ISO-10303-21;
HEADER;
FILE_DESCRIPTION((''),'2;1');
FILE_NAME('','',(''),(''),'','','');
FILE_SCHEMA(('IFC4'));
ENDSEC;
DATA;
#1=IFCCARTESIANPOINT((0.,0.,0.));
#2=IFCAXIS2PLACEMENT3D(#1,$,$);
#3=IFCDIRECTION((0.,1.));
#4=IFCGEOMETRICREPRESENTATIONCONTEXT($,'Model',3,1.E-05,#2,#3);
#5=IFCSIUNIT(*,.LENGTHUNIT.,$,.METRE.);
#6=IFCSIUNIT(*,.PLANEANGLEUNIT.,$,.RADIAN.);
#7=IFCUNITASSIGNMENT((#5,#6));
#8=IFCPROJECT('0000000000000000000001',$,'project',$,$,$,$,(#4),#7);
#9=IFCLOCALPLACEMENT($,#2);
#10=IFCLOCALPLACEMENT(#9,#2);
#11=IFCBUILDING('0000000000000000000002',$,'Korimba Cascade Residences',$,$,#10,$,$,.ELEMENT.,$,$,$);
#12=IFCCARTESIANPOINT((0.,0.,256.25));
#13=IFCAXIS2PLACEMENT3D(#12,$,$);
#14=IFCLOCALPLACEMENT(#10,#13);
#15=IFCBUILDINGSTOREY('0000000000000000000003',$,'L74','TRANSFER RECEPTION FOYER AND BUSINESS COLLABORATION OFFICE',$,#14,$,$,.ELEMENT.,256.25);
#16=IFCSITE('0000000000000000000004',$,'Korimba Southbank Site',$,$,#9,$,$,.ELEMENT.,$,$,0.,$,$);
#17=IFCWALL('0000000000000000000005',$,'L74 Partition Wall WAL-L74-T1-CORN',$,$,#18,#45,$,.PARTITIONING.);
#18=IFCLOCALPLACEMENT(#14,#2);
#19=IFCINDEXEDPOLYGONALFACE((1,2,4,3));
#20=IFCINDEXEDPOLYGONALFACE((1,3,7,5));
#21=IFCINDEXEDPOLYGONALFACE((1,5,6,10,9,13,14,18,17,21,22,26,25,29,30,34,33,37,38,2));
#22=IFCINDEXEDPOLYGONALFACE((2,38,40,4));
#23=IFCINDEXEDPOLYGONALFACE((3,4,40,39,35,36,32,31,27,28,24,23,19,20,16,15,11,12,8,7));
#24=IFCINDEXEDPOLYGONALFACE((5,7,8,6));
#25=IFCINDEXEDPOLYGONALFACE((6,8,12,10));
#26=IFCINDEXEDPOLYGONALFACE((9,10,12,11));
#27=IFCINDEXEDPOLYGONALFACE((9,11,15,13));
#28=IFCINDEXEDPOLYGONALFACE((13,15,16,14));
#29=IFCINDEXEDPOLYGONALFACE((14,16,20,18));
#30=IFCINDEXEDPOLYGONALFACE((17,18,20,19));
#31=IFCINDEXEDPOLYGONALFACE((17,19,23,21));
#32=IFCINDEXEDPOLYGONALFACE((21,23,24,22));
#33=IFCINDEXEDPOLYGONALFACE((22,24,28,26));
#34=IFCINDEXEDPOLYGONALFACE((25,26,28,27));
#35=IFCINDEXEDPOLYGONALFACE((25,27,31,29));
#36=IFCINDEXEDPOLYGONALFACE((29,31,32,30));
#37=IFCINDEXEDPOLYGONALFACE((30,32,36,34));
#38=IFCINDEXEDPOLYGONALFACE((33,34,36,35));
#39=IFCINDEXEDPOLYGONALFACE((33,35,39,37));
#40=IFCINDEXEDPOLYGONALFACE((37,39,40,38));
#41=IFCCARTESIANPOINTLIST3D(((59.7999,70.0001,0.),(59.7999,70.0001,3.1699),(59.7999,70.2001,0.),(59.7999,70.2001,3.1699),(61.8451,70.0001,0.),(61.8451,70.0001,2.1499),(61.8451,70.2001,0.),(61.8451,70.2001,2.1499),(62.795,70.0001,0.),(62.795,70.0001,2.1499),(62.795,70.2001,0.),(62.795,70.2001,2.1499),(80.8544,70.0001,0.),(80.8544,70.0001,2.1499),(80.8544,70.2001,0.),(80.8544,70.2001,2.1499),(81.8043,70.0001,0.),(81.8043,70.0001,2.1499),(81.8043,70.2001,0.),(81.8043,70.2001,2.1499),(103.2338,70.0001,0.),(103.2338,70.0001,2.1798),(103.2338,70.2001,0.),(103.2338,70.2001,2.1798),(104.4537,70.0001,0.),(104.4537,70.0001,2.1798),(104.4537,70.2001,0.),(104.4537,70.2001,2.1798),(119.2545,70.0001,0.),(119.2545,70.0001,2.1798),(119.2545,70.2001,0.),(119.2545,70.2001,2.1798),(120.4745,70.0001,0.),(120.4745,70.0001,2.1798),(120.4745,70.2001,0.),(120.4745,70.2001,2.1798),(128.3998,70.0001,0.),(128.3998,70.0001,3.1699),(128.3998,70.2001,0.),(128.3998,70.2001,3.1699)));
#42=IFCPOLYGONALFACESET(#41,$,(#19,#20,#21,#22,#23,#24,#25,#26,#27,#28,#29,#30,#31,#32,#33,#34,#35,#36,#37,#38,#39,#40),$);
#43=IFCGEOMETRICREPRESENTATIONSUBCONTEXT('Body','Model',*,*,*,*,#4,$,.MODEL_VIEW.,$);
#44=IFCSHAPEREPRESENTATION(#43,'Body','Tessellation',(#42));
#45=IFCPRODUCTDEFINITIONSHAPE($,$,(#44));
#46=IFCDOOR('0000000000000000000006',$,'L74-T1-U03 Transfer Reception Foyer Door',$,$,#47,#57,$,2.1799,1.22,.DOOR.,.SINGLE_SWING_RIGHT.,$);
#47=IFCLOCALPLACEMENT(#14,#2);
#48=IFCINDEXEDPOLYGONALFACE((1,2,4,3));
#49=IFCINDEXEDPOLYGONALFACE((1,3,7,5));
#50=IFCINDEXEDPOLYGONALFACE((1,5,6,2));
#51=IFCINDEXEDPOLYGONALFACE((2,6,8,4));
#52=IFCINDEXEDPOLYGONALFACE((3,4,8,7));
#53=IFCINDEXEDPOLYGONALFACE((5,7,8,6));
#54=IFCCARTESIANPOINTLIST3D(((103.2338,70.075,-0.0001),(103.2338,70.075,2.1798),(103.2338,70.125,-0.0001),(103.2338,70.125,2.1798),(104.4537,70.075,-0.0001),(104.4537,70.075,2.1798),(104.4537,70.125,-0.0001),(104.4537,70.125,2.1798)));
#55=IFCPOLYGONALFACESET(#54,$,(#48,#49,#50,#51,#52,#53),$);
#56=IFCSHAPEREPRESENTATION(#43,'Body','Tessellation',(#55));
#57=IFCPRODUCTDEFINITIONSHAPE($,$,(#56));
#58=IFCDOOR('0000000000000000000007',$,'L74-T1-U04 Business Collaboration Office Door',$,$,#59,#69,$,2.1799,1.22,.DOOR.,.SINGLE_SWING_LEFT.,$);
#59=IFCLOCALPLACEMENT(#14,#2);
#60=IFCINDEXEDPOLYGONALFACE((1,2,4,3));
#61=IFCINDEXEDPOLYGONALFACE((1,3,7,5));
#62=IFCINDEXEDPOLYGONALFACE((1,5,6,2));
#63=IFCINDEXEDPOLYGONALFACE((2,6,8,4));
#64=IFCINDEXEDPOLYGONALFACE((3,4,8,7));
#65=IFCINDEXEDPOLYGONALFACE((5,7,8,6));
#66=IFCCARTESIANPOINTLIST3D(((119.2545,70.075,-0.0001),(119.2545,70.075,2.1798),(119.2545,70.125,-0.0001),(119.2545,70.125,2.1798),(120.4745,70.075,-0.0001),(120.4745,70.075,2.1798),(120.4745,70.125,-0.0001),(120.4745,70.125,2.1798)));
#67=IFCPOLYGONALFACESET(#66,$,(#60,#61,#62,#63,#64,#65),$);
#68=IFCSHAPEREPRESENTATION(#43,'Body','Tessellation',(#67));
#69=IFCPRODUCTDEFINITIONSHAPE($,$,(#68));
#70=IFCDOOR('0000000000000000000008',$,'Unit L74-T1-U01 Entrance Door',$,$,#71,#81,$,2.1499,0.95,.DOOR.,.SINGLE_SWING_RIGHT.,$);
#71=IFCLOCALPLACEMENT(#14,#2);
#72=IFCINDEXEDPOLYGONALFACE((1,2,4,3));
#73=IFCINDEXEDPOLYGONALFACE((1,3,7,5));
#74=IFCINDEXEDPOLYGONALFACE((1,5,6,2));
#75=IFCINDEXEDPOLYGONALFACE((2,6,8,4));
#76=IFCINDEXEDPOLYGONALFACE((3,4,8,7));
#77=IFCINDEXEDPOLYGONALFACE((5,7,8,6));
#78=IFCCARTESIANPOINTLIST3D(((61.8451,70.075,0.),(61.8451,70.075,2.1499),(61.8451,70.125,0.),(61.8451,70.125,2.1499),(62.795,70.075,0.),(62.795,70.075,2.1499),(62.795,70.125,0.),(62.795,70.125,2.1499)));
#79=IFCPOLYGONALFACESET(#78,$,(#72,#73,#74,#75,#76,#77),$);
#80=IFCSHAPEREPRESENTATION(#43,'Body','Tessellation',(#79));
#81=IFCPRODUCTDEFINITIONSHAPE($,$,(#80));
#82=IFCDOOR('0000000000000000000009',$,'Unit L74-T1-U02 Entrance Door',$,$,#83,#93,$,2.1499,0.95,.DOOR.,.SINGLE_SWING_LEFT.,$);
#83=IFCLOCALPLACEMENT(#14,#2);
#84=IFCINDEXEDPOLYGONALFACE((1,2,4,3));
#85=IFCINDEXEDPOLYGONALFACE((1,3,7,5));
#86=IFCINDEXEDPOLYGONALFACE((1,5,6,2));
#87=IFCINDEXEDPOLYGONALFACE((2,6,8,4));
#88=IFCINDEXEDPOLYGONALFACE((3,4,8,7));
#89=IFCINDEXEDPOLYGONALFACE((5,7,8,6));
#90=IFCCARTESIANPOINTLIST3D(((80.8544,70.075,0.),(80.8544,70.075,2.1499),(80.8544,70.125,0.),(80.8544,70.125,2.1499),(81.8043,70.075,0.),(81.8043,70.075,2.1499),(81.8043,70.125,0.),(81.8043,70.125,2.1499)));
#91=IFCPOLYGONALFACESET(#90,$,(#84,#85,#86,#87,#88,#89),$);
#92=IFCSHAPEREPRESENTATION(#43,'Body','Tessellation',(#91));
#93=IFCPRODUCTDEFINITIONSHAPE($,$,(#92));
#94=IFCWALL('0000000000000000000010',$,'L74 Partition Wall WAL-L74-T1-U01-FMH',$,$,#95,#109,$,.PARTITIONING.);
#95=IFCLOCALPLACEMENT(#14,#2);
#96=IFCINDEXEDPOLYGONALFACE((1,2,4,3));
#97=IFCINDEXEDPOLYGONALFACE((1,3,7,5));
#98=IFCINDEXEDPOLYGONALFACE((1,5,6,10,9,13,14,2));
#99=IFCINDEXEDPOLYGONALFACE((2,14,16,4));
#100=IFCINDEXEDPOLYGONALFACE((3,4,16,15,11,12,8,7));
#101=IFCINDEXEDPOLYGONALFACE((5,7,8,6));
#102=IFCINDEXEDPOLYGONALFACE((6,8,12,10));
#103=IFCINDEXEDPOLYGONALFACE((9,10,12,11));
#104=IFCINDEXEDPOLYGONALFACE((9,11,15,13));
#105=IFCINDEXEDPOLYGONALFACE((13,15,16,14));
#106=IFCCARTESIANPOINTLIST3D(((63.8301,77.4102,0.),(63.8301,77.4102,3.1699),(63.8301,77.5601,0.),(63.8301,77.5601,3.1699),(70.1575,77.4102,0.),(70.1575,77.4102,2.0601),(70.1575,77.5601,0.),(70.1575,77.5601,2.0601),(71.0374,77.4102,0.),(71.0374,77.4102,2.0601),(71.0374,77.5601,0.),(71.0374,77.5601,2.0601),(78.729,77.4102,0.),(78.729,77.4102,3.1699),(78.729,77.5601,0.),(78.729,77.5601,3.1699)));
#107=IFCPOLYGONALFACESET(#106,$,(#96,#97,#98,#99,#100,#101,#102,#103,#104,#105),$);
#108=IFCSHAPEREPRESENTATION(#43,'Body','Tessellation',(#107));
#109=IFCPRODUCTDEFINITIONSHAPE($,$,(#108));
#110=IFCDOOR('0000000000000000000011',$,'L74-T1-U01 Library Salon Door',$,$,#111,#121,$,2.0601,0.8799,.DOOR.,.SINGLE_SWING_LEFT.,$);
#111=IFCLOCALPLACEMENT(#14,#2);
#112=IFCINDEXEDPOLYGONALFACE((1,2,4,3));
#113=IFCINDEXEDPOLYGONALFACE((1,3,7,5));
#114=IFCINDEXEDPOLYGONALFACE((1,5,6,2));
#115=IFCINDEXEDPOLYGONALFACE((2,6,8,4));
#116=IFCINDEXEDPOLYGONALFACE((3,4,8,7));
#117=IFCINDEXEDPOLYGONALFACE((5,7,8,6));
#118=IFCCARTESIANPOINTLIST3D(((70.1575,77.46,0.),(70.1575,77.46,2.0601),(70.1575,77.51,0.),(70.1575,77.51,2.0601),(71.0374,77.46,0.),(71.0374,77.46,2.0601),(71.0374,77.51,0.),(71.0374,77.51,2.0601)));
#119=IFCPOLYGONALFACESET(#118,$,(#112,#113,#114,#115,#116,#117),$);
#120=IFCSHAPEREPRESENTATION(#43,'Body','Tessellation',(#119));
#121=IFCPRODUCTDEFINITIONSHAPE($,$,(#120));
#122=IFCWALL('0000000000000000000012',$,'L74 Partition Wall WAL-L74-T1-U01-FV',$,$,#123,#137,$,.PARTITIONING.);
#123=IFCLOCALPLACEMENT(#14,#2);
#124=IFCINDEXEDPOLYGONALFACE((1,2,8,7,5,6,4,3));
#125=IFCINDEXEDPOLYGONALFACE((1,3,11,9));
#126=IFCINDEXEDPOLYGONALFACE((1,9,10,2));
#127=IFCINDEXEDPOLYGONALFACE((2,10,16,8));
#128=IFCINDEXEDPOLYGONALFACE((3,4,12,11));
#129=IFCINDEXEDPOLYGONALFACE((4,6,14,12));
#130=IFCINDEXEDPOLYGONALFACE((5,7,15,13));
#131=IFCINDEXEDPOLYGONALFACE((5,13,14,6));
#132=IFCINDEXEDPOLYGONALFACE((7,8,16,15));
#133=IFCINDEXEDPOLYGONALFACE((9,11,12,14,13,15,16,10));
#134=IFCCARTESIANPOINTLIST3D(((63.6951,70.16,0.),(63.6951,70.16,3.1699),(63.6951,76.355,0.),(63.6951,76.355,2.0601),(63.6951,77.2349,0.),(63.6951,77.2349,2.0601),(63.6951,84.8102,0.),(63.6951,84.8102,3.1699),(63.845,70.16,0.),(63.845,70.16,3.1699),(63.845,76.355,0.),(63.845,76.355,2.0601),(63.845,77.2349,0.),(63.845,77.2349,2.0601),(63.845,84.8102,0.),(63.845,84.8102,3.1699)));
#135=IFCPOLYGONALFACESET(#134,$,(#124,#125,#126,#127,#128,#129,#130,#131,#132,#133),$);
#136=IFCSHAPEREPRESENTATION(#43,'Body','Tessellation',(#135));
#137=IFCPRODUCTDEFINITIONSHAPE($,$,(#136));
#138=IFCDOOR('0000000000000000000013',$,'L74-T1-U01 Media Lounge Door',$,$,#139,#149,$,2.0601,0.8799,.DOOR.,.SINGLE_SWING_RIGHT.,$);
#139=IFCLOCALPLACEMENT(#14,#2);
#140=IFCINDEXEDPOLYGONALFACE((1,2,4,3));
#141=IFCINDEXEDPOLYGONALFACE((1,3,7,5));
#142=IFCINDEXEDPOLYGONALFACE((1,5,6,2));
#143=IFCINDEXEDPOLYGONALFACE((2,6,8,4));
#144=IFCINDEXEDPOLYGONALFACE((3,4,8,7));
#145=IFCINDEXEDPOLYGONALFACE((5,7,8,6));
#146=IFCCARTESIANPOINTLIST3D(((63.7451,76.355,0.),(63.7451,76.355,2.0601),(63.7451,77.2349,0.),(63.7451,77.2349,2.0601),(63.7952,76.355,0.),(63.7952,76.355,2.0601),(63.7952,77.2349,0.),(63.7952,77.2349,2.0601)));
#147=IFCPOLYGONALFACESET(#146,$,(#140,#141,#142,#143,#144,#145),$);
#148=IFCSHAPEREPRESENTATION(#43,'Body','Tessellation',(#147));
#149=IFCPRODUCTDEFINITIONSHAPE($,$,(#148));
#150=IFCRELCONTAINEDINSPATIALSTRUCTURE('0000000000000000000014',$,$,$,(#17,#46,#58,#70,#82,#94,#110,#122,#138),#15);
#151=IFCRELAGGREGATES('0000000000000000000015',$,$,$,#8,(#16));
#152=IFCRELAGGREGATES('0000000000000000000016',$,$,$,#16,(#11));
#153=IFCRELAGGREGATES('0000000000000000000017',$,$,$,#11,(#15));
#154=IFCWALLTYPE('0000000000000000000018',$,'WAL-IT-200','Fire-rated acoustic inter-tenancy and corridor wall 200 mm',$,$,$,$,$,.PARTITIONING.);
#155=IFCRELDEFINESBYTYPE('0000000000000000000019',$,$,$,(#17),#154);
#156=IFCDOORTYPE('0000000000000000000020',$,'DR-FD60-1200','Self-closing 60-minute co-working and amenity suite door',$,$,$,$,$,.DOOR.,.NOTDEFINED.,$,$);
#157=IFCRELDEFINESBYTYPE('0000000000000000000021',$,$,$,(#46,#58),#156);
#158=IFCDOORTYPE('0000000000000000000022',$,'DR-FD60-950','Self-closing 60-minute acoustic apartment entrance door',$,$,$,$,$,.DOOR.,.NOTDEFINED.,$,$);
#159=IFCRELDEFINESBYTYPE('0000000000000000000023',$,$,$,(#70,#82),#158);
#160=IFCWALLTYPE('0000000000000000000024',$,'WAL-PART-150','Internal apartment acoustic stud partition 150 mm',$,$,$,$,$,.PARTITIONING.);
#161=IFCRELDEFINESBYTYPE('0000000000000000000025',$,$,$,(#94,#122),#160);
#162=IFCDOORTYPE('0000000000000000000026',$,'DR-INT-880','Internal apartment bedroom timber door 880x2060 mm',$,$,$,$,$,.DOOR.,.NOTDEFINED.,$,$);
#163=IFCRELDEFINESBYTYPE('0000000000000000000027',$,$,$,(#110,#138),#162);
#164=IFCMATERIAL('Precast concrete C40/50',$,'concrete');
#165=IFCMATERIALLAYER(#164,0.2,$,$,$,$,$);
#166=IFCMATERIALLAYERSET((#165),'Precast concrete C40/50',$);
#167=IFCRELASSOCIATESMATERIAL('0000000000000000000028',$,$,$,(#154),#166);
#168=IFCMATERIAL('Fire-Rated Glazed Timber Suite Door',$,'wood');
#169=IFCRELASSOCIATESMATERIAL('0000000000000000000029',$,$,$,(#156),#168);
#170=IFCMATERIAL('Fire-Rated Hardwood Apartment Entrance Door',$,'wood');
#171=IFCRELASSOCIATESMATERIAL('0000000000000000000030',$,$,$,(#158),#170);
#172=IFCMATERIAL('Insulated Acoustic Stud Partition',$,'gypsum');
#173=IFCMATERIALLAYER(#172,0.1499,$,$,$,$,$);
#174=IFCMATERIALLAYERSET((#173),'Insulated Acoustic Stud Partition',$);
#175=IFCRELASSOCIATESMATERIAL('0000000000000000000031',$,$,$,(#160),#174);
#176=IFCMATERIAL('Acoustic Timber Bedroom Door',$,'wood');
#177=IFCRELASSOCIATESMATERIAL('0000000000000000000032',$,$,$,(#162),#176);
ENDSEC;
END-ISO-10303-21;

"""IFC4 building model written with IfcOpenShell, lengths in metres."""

from ifc_helpers import new_model, si_unit, direction, frame, frame_2d, origin, place, context, subcontext, project, spatial, rectangle, extrude, material, layer, layer_set, type_object, element, fill, save


model = new_model("IFC4")

# Units and contexts
model_context = context("Model", 3, precision=1e-05, world=origin(), true_north=direction((0.0, 1.0)))
body_context = subcontext(model_context, "Body", "Model", "MODEL_VIEW")
ifc_project = project(units=[si_unit("LENGTHUNIT", "METRE"), si_unit("PLANEANGLEUNIT", "RADIAN")], contexts=[model_context])

# Site, building, storey
site_placement = place(None, origin())
site = spatial("IfcSite", under=ifc_project, at=site_placement, Name="Korimba Southbank Site", CompositionType="ELEMENT", RefElevation=0.0)
building_placement = place(site_placement, origin())
building = spatial("IfcBuilding", under=site, at=building_placement, Name="Korimba Cascade Residences", CompositionType="ELEMENT")
storey_placement = place(building_placement, frame((0.0, 0.0, 256.25)))
storey = spatial("IfcBuildingStorey", under=building, at=storey_placement, Name="L74", Description="TRANSFER RECEPTION FOYER AND BUSINESS COLLABORATION OFFICE", CompositionType="ELEMENT", Elevation=256.25)

# Shared definitions
ifc_material_1 = material(Name="Precast concrete C40/50", Category="concrete")
ifc_layer_1 = layer(ifc_material_1, 0.2)
ifc_layer_set_1 = layer_set([ifc_layer_1], Name="Precast concrete C40/50")
wall_type_1 = type_object("IfcWallType", Name="WAL-IT-200", Description="Fire-rated acoustic inter-tenancy and corridor wall 200 mm", PredefinedType="PARTITIONING", material=ifc_layer_set_1)

# Wall, openings, doors
wall_1_placement = place(storey_placement, frame((59.8, 70.1001, 0.0), z_axis=(0.0, 0.0, 1.0), x_axis=(1.0, 0.0, 0.0)))
wall_1 = element("IfcWall", 1, at=wall_1_placement, inside=storey, type_object=wall_type_1, Name="L74 Partition Wall WAL-L74-T1-CORN", PredefinedType="PARTITIONING", context=body_context, shape_type="SweptSolid", body=[
    extrude(rectangle(XDim=68.5999, YDim=0.2, at=frame_2d((34.2998, 0.0))), origin(), (0.0, 0.0, 1.0), 3.1699),
])
opening_1_placement = place(wall_1_placement, frame((2.0449, 0.0, 0.0)))
opening_1 = element("IfcOpeningElement", 2, at=opening_1_placement, cuts=wall_1, PredefinedType="OPENING", context=body_context, shape_type="SweptSolid", body=[
    extrude(rectangle(XDim=0.95, YDim=2.1499, at=frame_2d((0.4751, 1.075))), frame((0.0, 0.1099, 0.0), z_axis=(0.0, -1.0, 0.0), x_axis=(1.0, 0.0, 0.0)), (0.0, 0.0, 1.0), 0.22),
])
opening_2_placement = place(wall_1_placement, frame((21.0542, 0.0, 0.0)))
opening_2 = element("IfcOpeningElement", 3, at=opening_2_placement, cuts=wall_1, PredefinedType="OPENING", context=body_context, shape_type="SweptSolid", body=[
    extrude(rectangle(XDim=0.95, YDim=2.1499, at=frame_2d((0.4751, 1.075))), frame((0.0, 0.1099, 0.0), z_axis=(0.0, -1.0, 0.0), x_axis=(1.0, 0.0, 0.0)), (0.0, 0.0, 1.0), 0.22),
])
opening_3_placement = place(wall_1_placement, frame((43.4338, 0.0, 0.0)))
opening_3 = element("IfcOpeningElement", 4, at=opening_3_placement, cuts=wall_1, PredefinedType="OPENING", context=body_context, shape_type="SweptSolid", body=[
    extrude(rectangle(XDim=1.22, YDim=2.1799, at=frame_2d((0.6099, 1.0898))), frame((0.0, 0.1099, 0.0), z_axis=(0.0, -1.0, 0.0), x_axis=(1.0, 0.0, 0.0)), (0.0, 0.0, 1.0), 0.22),
])
opening_4_placement = place(wall_1_placement, frame((59.4546, 0.0, 0.0)))
opening_4 = element("IfcOpeningElement", 5, at=opening_4_placement, cuts=wall_1, PredefinedType="OPENING", context=body_context, shape_type="SweptSolid", body=[
    extrude(rectangle(XDim=1.22, YDim=2.1799, at=frame_2d((0.6099, 1.0898))), frame((0.0, 0.1099, 0.0), z_axis=(0.0, -1.0, 0.0), x_axis=(1.0, 0.0, 0.0)), (0.0, 0.0, 1.0), 0.22),
])
ifc_material_2 = material(Name="Fire-Rated Glazed Timber Suite Door", Category="wood")
door_type_1 = type_object("IfcDoorType", Name="DR-FD60-1200", Description="Self-closing 60-minute co-working and amenity suite door", OperationType="NOTDEFINED", PredefinedType="DOOR", material=ifc_material_2)
door_1_placement = place(opening_3_placement, origin())
door_1 = element("IfcDoor", 6, at=door_1_placement, inside=storey, type_object=door_type_1, Name="L74-T1-U03 Transfer Reception Foyer Door", OperationType="SINGLE_SWING_RIGHT", OverallHeight=2.1799, OverallWidth=1.22, PredefinedType="DOOR", context=body_context, shape_type="SweptSolid", body=[
    extrude(rectangle(XDim=1.22, YDim=2.1799, at=frame_2d((0.6099, 1.0898))), frame((0.0, 0.0249, 0.0), z_axis=(0.0, -1.0, 0.0), x_axis=(1.0, 0.0, 0.0)), (0.0, 0.0, 1.0), 0.05),
])
fill(opening_3, door_1)
door_2_placement = place(opening_4_placement, origin())
door_2 = element("IfcDoor", 7, at=door_2_placement, inside=storey, type_object=door_type_1, Name="L74-T1-U04 Business Collaboration Office Door", OperationType="SINGLE_SWING_LEFT", OverallHeight=2.1799, OverallWidth=1.22, PredefinedType="DOOR", context=body_context, shape_type="SweptSolid", body=[
    extrude(rectangle(XDim=1.22, YDim=2.1799, at=frame_2d((0.6099, 1.0898))), frame((0.0, 0.0249, 0.0), z_axis=(0.0, -1.0, 0.0), x_axis=(1.0, 0.0, 0.0)), (0.0, 0.0, 1.0), 0.05),
])
fill(opening_4, door_2)
ifc_material_3 = material(Name="Fire-Rated Hardwood Apartment Entrance Door", Category="wood")
door_type_2 = type_object("IfcDoorType", Name="DR-FD60-950", Description="Self-closing 60-minute acoustic apartment entrance door", OperationType="NOTDEFINED", PredefinedType="DOOR", material=ifc_material_3)
door_3_placement = place(opening_1_placement, origin())
door_3 = element("IfcDoor", 8, at=door_3_placement, inside=storey, type_object=door_type_2, Name="Unit L74-T1-U01 Entrance Door", OperationType="SINGLE_SWING_RIGHT", OverallHeight=2.1499, OverallWidth=0.95, PredefinedType="DOOR", context=body_context, shape_type="SweptSolid", body=[
    extrude(rectangle(XDim=0.95, YDim=2.1499, at=frame_2d((0.4751, 1.075))), frame((0.0, 0.0249, 0.0), z_axis=(0.0, -1.0, 0.0), x_axis=(1.0, 0.0, 0.0)), (0.0, 0.0, 1.0), 0.05),
])
fill(opening_1, door_3)
door_4_placement = place(opening_2_placement, origin())
door_4 = element("IfcDoor", 9, at=door_4_placement, inside=storey, type_object=door_type_2, Name="Unit L74-T1-U02 Entrance Door", OperationType="SINGLE_SWING_LEFT", OverallHeight=2.1499, OverallWidth=0.95, PredefinedType="DOOR", context=body_context, shape_type="SweptSolid", body=[
    extrude(rectangle(XDim=0.95, YDim=2.1499, at=frame_2d((0.4751, 1.075))), frame((0.0, 0.0249, 0.0), z_axis=(0.0, -1.0, 0.0), x_axis=(1.0, 0.0, 0.0)), (0.0, 0.0, 1.0), 0.05),
])
fill(opening_2, door_4)

# Walls, openings, doors
ifc_material_4 = material(Name="Insulated Acoustic Stud Partition", Category="gypsum")
ifc_layer_2 = layer(ifc_material_4, 0.1499)
ifc_layer_set_2 = layer_set([ifc_layer_2], Name="Insulated Acoustic Stud Partition")
wall_type_2 = type_object("IfcWallType", Name="WAL-PART-150", Description="Internal apartment acoustic stud partition 150 mm", PredefinedType="PARTITIONING", material=ifc_layer_set_2)
wall_2_placement = place(storey_placement, frame((63.8301, 77.4851, 0.0), z_axis=(0.0, 0.0, 1.0), x_axis=(1.0, 0.0, 0.0)))
wall_2 = element("IfcWall", 10, at=wall_2_placement, inside=storey, type_object=wall_type_2, Name="L74 Partition Wall WAL-L74-T1-U01-FMH", PredefinedType="PARTITIONING", context=body_context, shape_type="SweptSolid", body=[
    extrude(rectangle(XDim=14.8989, YDim=0.1499, at=frame_2d((7.4495, 0.0))), origin(), (0.0, 0.0, 1.0), 3.1699),
])
opening_5_placement = place(wall_2_placement, frame((6.3274, 0.0, 0.0)))
opening_5 = element("IfcOpeningElement", 11, at=opening_5_placement, cuts=wall_2, PredefinedType="OPENING", context=body_context, shape_type="SweptSolid", body=[
    extrude(rectangle(XDim=0.8799, YDim=2.0601, at=frame_2d((0.4399, 1.03))), frame((0.0, 0.085, 0.0), z_axis=(0.0, -1.0, 0.0), x_axis=(1.0, 0.0, 0.0)), (0.0, 0.0, 1.0), 0.1699),
])
ifc_material_5 = material(Name="Acoustic Timber Bedroom Door", Category="wood")
door_type_3 = type_object("IfcDoorType", Name="DR-INT-880", Description="Internal apartment bedroom timber door 880x2060 mm", OperationType="NOTDEFINED", PredefinedType="DOOR", material=ifc_material_5)
door_5_placement = place(opening_5_placement, origin())
door_5 = element("IfcDoor", 12, at=door_5_placement, inside=storey, type_object=door_type_3, Name="L74-T1-U01 Library Salon Door", OperationType="SINGLE_SWING_LEFT", OverallHeight=2.0601, OverallWidth=0.8799, PredefinedType="DOOR", context=body_context, shape_type="SweptSolid", body=[
    extrude(rectangle(XDim=0.8799, YDim=2.0601, at=frame_2d((0.4399, 1.03))), frame((0.0, 0.0249, 0.0), z_axis=(0.0, -1.0, 0.0), x_axis=(1.0, 0.0, 0.0)), (0.0, 0.0, 1.0), 0.05),
])
fill(opening_5, door_5)
wall_3_placement = place(storey_placement, frame((63.77, 70.1599, 0.0), z_axis=(0.0, 0.0, 1.0), x_axis=(0.0, 1.0, 0.0)))
wall_3 = element("IfcWall", 13, at=wall_3_placement, inside=storey, type_object=wall_type_2, Name="L74 Partition Wall WAL-L74-T1-U01-FV", PredefinedType="PARTITIONING", context=body_context, shape_type="SweptSolid", body=[
    extrude(rectangle(XDim=14.6501, YDim=0.1499, at=frame_2d((7.3252, 0.0))), origin(), (0.0, 0.0, 1.0), 3.1699),
])
opening_6_placement = place(wall_3_placement, frame((6.1951, 0.0, 0.0)))
opening_6 = element("IfcOpeningElement", 14, at=opening_6_placement, cuts=wall_3, PredefinedType="OPENING", context=body_context, shape_type="SweptSolid", body=[
    extrude(rectangle(XDim=0.8799, YDim=2.0601, at=frame_2d((0.4399, 1.03))), frame((0.0, 0.085, 0.0), z_axis=(0.0, -1.0, 0.0), x_axis=(1.0, 0.0, 0.0)), (0.0, 0.0, 1.0), 0.1699),
])
door_6_placement = place(opening_6_placement, origin())
door_6 = element("IfcDoor", 15, at=door_6_placement, inside=storey, type_object=door_type_3, Name="L74-T1-U01 Media Lounge Door", OperationType="SINGLE_SWING_RIGHT", OverallHeight=2.0601, OverallWidth=0.8799, PredefinedType="DOOR", context=body_context, shape_type="SweptSolid", body=[
    extrude(rectangle(XDim=0.8799, YDim=2.0601, at=frame_2d((0.4399, 1.03))), frame((0.0, 0.0249, 0.0), z_axis=(0.0, -1.0, 0.0), x_axis=(1.0, 0.0, 0.0)), (0.0, 0.0, 1.0), 0.05),
])
fill(opening_6, door_6)

save(model, "model.ifc")
